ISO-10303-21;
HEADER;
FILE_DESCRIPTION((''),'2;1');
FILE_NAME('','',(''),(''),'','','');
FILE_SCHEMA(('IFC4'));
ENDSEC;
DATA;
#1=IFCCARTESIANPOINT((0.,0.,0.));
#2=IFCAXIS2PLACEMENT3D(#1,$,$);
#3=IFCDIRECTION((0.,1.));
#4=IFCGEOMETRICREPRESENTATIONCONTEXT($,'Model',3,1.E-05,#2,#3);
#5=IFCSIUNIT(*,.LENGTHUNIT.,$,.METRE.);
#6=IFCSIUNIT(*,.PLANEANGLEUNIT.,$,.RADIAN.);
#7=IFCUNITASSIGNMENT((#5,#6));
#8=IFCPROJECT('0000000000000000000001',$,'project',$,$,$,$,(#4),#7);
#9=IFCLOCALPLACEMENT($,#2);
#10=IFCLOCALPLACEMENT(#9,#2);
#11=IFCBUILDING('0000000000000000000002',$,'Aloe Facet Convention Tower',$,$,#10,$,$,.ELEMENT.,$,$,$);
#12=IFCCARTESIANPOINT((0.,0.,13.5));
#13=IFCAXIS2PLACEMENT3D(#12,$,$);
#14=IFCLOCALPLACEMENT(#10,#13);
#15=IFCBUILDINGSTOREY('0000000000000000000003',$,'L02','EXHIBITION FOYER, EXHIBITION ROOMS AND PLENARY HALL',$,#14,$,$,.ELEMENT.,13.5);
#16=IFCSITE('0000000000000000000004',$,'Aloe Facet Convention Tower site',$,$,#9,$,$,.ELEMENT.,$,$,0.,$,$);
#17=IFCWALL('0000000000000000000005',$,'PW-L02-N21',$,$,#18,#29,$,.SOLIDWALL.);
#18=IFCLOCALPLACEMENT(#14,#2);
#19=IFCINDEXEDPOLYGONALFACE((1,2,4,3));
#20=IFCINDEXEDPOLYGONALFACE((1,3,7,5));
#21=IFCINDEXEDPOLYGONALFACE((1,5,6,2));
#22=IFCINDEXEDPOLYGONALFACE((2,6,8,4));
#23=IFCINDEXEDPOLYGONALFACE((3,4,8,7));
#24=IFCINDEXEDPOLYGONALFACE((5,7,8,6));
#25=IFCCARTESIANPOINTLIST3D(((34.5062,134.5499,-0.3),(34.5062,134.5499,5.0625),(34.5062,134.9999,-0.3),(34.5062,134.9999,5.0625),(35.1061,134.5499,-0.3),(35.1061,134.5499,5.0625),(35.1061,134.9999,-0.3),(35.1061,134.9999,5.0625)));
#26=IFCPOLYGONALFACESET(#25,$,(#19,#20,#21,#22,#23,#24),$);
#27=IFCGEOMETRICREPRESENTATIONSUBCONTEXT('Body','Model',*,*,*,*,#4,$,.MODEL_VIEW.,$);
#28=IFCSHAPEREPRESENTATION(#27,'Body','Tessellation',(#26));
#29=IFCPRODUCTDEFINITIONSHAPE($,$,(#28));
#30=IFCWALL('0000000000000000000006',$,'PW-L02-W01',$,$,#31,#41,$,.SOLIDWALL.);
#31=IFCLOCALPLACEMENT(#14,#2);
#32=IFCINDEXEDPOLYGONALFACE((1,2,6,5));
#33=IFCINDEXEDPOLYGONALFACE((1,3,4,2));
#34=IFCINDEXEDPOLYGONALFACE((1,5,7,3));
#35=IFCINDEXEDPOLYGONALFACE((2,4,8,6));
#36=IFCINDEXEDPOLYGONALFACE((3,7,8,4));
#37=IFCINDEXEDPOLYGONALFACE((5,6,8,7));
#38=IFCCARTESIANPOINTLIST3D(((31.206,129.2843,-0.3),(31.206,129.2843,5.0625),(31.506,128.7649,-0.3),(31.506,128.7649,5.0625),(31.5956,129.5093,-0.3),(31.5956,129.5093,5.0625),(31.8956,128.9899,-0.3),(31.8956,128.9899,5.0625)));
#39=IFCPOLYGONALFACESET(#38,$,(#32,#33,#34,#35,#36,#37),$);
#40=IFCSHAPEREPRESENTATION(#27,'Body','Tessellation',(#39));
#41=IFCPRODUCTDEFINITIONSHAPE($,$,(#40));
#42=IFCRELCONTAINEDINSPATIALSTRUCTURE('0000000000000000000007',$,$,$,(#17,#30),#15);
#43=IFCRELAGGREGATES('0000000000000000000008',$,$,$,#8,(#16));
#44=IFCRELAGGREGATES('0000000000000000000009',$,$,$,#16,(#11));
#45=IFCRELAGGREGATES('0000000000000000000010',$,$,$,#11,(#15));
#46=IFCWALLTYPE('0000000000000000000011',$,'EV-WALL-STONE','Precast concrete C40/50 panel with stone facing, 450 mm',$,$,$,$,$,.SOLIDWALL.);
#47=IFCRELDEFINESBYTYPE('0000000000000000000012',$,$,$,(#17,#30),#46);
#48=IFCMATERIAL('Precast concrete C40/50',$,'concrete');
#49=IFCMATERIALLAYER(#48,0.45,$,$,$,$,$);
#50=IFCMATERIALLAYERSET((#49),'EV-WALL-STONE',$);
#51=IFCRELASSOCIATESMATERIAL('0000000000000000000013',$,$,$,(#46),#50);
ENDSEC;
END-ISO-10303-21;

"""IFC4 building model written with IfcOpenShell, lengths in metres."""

from ifc_helpers import new_model, si_unit, direction, frame, frame_2d, origin, place, context, subcontext, project, spatial, rectangle, extrude, material, layer, layer_set, type_object, element, save


model = new_model("IFC4")

# Units and contexts
model_context = context("Model", 3, precision=1e-05, world=origin(), true_north=direction((0.0, 1.0)))
body_context = subcontext(model_context, "Body", "Model", "MODEL_VIEW")
ifc_project = project(units=[si_unit("LENGTHUNIT", "METRE"), si_unit("PLANEANGLEUNIT", "RADIAN")], contexts=[model_context])

# Site, building, storey
site_placement = place(None, origin())
site = spatial("IfcSite", under=ifc_project, at=site_placement, Name="Aloe Facet Convention Tower site", CompositionType="ELEMENT", RefElevation=0.0)
building_placement = place(site_placement, origin())
building = spatial("IfcBuilding", under=site, at=building_placement, Name="Aloe Facet Convention Tower", CompositionType="ELEMENT")
storey_placement = place(building_placement, frame((0.0, 0.0, 13.5)))
storey = spatial("IfcBuildingStorey", under=building, at=storey_placement, Name="L02", Description="EXHIBITION FOYER, EXHIBITION ROOMS AND PLENARY HALL", CompositionType="ELEMENT", Elevation=13.5)

# Walls
ifc_material_1 = material(Name="Precast concrete C40/50", Category="concrete")
ifc_layer_1 = layer(ifc_material_1, 0.45)
ifc_layer_set_1 = layer_set([ifc_layer_1], Name="EV-WALL-STONE")
wall_type_1 = type_object("IfcWallType", Name="EV-WALL-STONE", Description="Precast concrete C40/50 panel with stone facing, 450 mm", PredefinedType="SOLIDWALL", material=ifc_layer_set_1)
for number, where, z_axis, x_axis, name in (
    (1, (35.106, 134.7749, -0.3), (0.0, 0.0, 1.0), (-1.0, 0.0, 0.0), "PW-L02-N21"),
    (2, (31.4009, 129.3967, -0.3), (0.0, 0.0, 1.0), (0.500122, -0.865955, 0.0), "PW-L02-W01"),
):
    element("IfcWall", number, at=place(storey_placement, frame(where, z_axis=z_axis, x_axis=x_axis)), inside=storey, type_object=wall_type_1, Name=name, PredefinedType="SOLIDWALL", context=body_context, shape_type="SweptSolid", body=[
        extrude(rectangle(XDim=0.5999, YDim=0.45, at=frame_2d((0.2998, 0.0))), origin(), (0.0, 0.0, 1.0), 5.3625),
    ])

save(model, "model.ifc")
